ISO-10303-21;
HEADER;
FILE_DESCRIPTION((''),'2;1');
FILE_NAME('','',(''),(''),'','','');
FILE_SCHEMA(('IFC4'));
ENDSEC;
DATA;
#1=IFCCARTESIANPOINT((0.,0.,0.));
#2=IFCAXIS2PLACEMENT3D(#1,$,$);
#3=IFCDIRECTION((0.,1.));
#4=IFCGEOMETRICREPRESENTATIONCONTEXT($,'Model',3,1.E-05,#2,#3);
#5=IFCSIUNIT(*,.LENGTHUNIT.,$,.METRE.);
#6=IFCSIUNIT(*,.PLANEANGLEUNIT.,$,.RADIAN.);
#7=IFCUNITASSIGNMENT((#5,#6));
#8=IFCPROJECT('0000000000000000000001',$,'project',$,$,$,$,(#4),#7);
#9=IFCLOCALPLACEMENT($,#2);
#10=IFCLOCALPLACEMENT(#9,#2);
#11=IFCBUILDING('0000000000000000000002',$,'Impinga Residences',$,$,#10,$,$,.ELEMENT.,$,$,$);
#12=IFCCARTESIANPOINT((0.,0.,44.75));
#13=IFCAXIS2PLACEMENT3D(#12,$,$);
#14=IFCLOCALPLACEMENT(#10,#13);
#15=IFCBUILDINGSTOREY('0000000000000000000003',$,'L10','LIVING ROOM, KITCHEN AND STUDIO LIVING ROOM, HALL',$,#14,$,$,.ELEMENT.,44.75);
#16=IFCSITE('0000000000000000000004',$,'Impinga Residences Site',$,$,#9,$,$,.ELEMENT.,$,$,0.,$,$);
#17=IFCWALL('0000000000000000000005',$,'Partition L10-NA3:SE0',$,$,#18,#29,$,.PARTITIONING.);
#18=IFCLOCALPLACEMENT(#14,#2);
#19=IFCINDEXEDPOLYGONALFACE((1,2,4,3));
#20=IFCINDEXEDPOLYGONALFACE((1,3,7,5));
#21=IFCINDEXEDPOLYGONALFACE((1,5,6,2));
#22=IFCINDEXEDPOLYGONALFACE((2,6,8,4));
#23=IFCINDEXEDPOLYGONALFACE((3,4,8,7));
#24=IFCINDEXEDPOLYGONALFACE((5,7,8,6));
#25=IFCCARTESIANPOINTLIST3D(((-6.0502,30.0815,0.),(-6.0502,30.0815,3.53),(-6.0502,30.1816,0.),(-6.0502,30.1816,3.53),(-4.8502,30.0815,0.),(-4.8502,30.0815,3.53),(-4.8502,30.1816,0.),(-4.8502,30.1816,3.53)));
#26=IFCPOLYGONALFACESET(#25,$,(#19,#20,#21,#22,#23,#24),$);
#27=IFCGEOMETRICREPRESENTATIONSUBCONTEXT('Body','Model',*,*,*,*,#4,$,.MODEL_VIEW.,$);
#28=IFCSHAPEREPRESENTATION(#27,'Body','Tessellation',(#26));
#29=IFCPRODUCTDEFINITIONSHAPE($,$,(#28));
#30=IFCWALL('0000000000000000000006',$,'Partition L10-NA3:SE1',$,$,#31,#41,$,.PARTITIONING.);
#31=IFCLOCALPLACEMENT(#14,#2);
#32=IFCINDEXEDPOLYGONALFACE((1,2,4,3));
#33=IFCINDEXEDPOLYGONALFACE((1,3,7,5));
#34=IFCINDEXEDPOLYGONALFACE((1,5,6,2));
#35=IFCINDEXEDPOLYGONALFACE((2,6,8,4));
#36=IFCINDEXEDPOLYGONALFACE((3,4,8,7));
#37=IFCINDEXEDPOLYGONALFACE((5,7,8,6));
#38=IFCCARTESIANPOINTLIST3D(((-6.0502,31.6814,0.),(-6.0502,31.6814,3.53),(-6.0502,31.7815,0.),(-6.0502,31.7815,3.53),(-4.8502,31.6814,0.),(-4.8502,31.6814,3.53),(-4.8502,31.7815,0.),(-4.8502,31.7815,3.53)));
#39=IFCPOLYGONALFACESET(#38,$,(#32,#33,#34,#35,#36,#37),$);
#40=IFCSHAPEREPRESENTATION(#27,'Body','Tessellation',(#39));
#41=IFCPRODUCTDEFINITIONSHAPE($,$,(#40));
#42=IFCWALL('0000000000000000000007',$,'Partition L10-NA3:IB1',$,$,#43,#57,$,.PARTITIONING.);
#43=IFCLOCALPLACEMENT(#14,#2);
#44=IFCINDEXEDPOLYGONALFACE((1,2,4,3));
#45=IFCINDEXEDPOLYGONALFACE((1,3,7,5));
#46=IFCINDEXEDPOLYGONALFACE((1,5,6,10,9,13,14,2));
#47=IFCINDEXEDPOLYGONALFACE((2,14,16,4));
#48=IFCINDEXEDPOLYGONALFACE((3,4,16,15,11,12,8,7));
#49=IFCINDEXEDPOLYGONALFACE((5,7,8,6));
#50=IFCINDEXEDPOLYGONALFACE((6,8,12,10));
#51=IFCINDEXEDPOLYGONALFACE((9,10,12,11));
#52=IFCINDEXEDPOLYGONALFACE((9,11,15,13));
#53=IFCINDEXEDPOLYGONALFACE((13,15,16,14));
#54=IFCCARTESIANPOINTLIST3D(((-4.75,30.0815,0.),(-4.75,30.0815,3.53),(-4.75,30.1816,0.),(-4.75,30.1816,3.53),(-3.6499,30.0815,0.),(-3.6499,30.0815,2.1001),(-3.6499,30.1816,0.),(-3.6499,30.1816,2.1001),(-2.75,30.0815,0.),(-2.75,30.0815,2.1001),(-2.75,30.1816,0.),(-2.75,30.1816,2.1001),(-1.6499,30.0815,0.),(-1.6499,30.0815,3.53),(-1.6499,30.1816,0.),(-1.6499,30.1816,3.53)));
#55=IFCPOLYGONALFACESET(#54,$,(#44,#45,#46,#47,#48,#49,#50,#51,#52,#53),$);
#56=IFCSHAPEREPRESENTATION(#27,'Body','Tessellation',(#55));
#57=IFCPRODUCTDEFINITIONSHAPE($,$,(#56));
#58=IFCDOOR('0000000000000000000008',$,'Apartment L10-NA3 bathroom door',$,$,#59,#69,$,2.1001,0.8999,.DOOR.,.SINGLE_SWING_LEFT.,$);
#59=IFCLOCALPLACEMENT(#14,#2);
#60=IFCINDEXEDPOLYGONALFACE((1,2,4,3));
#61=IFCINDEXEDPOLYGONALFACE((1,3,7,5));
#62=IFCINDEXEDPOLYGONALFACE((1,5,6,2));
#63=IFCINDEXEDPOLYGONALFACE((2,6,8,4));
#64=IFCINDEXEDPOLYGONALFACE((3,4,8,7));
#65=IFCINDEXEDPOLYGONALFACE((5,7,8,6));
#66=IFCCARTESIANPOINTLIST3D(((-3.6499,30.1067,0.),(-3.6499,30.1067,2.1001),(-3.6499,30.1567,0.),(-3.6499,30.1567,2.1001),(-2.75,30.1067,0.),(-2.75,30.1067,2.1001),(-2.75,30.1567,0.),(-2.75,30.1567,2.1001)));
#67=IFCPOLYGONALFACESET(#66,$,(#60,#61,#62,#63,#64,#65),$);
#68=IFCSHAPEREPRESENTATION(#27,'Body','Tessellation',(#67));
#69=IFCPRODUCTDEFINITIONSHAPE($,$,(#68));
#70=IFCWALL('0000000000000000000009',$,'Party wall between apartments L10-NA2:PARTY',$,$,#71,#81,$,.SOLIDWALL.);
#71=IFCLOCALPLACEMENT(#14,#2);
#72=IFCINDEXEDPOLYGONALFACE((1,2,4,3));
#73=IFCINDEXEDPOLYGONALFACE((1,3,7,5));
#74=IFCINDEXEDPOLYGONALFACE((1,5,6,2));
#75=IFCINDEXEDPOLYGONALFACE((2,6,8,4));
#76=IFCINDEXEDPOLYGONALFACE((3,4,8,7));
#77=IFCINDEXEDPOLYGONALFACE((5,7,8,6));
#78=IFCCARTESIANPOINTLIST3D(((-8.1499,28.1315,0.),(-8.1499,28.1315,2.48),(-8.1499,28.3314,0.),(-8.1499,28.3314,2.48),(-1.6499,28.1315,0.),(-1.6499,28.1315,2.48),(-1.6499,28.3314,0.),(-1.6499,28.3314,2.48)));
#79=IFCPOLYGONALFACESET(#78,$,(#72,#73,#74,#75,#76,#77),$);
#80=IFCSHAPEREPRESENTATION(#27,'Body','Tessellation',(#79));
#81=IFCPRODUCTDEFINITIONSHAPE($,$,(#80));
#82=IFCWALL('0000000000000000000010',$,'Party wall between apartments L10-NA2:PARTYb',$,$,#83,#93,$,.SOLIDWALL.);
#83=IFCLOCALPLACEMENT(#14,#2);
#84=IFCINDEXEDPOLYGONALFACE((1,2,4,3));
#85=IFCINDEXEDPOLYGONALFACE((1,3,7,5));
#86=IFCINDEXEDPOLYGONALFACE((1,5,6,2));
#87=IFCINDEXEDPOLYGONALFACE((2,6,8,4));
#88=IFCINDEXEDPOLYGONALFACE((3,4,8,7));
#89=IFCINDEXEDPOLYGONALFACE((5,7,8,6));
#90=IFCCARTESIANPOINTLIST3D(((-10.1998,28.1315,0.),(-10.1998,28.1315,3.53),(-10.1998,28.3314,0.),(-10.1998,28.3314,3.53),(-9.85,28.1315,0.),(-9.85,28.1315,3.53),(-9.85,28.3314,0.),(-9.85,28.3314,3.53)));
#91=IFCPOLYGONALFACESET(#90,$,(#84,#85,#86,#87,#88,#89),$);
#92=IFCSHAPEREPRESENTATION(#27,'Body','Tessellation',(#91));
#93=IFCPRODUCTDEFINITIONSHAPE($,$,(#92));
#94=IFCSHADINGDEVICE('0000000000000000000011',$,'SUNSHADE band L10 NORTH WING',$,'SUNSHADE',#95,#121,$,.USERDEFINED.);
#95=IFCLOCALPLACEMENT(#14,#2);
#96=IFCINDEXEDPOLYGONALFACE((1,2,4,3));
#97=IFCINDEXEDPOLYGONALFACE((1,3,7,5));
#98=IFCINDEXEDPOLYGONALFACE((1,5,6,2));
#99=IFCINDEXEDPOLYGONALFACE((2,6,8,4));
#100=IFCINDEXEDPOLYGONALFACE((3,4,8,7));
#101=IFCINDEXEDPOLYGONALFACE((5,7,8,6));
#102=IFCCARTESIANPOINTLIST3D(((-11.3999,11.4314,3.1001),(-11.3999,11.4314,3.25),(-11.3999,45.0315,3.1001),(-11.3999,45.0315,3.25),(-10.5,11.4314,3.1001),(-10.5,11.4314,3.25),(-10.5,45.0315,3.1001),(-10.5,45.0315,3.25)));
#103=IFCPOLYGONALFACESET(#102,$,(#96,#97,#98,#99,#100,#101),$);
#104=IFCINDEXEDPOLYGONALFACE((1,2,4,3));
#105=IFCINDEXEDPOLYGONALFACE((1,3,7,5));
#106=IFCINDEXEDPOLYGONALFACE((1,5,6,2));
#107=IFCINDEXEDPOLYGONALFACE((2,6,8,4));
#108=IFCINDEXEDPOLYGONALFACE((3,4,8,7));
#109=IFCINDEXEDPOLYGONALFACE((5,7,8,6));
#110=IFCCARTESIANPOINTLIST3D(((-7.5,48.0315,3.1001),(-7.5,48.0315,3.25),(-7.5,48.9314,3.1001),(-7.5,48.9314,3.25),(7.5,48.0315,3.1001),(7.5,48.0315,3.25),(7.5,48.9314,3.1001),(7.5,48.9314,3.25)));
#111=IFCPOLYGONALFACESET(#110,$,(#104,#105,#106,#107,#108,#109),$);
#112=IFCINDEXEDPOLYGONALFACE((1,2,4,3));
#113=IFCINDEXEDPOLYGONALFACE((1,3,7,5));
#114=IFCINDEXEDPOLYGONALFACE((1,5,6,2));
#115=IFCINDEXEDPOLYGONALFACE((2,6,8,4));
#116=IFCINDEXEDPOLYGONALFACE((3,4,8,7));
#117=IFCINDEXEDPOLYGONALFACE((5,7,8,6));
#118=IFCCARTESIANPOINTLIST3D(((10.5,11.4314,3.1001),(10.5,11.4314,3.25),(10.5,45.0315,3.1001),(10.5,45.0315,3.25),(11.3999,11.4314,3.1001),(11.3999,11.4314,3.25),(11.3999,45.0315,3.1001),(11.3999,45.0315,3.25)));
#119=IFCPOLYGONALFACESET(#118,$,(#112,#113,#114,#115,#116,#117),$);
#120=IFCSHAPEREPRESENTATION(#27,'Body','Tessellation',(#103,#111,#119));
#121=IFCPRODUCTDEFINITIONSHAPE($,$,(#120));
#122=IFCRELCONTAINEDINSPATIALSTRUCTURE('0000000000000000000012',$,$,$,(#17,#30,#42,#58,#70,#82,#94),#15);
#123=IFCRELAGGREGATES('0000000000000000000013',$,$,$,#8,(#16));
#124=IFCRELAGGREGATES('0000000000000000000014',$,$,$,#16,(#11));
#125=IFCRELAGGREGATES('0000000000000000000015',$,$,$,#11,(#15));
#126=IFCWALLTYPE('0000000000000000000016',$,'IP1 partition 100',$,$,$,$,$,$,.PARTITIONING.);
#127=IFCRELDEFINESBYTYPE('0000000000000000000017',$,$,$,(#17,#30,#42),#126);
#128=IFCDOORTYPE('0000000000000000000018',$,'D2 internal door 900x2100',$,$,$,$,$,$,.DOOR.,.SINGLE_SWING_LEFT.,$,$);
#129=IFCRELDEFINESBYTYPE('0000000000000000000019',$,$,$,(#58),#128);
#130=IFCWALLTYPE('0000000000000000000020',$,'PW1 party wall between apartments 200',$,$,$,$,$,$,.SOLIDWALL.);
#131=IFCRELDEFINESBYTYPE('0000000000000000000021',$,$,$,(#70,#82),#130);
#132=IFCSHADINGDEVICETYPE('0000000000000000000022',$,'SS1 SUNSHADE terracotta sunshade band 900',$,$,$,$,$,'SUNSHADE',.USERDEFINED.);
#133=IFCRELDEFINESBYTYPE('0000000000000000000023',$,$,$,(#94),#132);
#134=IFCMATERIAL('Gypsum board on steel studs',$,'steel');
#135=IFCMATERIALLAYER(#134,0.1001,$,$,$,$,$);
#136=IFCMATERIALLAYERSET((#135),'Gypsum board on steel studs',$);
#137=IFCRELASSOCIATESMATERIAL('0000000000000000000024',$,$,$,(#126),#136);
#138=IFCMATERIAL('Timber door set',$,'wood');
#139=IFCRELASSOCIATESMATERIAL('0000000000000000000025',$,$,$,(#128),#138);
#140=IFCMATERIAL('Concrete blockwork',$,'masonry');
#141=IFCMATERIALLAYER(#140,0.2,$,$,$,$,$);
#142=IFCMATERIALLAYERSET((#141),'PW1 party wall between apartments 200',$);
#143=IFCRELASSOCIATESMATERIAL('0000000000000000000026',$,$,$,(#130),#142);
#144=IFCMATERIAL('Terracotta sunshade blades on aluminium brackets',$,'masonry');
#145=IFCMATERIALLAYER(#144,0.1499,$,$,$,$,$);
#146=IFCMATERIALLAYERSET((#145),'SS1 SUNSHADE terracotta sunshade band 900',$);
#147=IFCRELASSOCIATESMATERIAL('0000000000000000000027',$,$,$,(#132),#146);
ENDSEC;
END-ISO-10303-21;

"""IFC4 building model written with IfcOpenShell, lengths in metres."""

from ifc_helpers import new_model, si_unit, direction, frame, frame_2d, origin, origin_2d, place, context, subcontext, project, spatial, rectangle, extrude, material, layer, layer_set, type_object, element, fill, save


model = new_model("IFC4")

# Units and contexts
model_context = context("Model", 3, precision=1e-05, world=origin(), true_north=direction((0.0, 1.0)))
body_context = subcontext(model_context, "Body", "Model", "MODEL_VIEW")
ifc_project = project(units=[si_unit("LENGTHUNIT", "METRE"), si_unit("PLANEANGLEUNIT", "RADIAN")], contexts=[model_context])

# Site, building, storey
site_placement = place(None, origin())
site = spatial("IfcSite", under=ifc_project, at=site_placement, Name="Impinga Residences Site", CompositionType="ELEMENT", RefElevation=0.0)
building_placement = place(site_placement, origin())
building = spatial("IfcBuilding", under=site, at=building_placement, Name="Impinga Residences", CompositionType="ELEMENT")
storey_placement = place(building_placement, frame((0.0, 0.0, 44.75)))
storey = spatial("IfcBuildingStorey", under=building, at=storey_placement, Name="L10", Description="LIVING ROOM, KITCHEN AND STUDIO LIVING ROOM, HALL", CompositionType="ELEMENT", Elevation=44.75)

# Shared definitions
ifc_material_1 = material(Name="Concrete blockwork", Category="masonry")
ifc_material_2 = material(Name="Timber door set", Category="wood")

# Shared definitions
ifc_material_3 = material(Name="Gypsum board on steel studs", Category="steel")
ifc_layer_1 = layer(ifc_material_3, 0.1001)
ifc_layer_set_1 = layer_set([ifc_layer_1], Name="Gypsum board on steel studs")
wall_type_1 = type_object("IfcWallType", Name="IP1 partition 100", PredefinedType="PARTITIONING", material=ifc_layer_set_1)

# Shared definitions
door_type_1 = type_object("IfcDoorType", Name="D2 internal door 900x2100", OperationType="SINGLE_SWING_LEFT", PredefinedType="DOOR", material=ifc_material_2)

# Walls
for number, where, z_axis, x_axis, name in (
    (1, (-4.8501, 30.1316, 0.0), (0.0, 0.0, 1.0), (-1.0, 0.0, 0.0), "Partition L10-NA3:SE0"),
    (2, (-4.8501, 31.7314, 0.0), (0.0, 0.0, 1.0), (-1.0, 0.0, 0.0), "Partition L10-NA3:SE1"),
):
    element("IfcWall", number, at=place(storey_placement, frame(where, z_axis=z_axis, x_axis=x_axis)), inside=storey, type_object=wall_type_1, Name=name, PredefinedType="PARTITIONING", context=body_context, shape_type="SweptSolid", body=[
        extrude(rectangle(XDim=1.2, YDim=0.1001, at=frame_2d((0.6001, 0.0))), origin(), (0.0, 0.0, 1.0), 3.53),
    ])

# Wall, opening, door
wall_1_placement = place(storey_placement, frame((-1.6499, 30.1316, 0.0), z_axis=(0.0, 0.0, 1.0), x_axis=(-1.0, 0.0, 0.0)))
wall_1 = element("IfcWall", 3, at=wall_1_placement, inside=storey, type_object=wall_type_1, Name="Partition L10-NA3:IB1", PredefinedType="PARTITIONING", context=body_context, shape_type="SweptSolid", body=[
    extrude(rectangle(XDim=3.1001, YDim=0.1001, at=frame_2d((1.55, 0.0))), origin(), (0.0, 0.0, 1.0), 3.53),
])
opening_1_placement = place(wall_1_placement, frame((1.1001, 0.0, 0.0)))
opening_1 = element("IfcOpeningElement", 4, at=opening_1_placement, cuts=wall_1, PredefinedType="OPENING", context=body_context, shape_type="SweptSolid", body=[
    extrude(rectangle(XDim=0.8999, YDim=2.1001, at=frame_2d((0.45, 1.05))), frame((0.0, 0.0601, 0.0), z_axis=(0.0, -1.0, 0.0), x_axis=(1.0, 0.0, 0.0)), (0.0, 0.0, 1.0), 0.1201),
])
door_1_placement = place(opening_1_placement, origin())
door_1 = element("IfcDoor", 5, at=door_1_placement, inside=storey, type_object=door_type_1, Name="Apartment L10-NA3 bathroom door", OperationType="SINGLE_SWING_LEFT", OverallHeight=2.1001, OverallWidth=0.8999, PredefinedType="DOOR", context=body_context, shape_type="SweptSolid", body=[
    extrude(rectangle(XDim=0.8999, YDim=2.1001, at=frame_2d((0.45, 1.05))), frame((0.0, 0.0249, 0.0), z_axis=(0.0, -1.0, 0.0), x_axis=(1.0, 0.0, 0.0)), (0.0, 0.0, 1.0), 0.05),
])
fill(opening_1, door_1)

# Walls
ifc_layer_2 = layer(ifc_material_1, 0.2)
ifc_layer_set_2 = layer_set([ifc_layer_2], Name="PW1 party wall between apartments 200")
wall_type_2 = type_object("IfcWallType", Name="PW1 party wall between apartments 200", PredefinedType="SOLIDWALL", material=ifc_layer_set_2)
wall_2_placement = place(storey_placement, frame((-1.6499, 28.2314, 0.0), z_axis=(0.0, 0.0, 1.0), x_axis=(-1.0, 0.0, 0.0)))
element("IfcWall", 6, at=wall_2_placement, inside=storey, type_object=wall_type_2, Name="Party wall between apartments L10-NA2:PARTY", PredefinedType="SOLIDWALL", context=body_context, shape_type="SweptSolid", body=[
    extrude(rectangle(XDim=6.5, YDim=0.2, at=frame_2d((3.25, 0.0))), origin(), (0.0, 0.0, 1.0), 2.48),
])
wall_3_placement = place(storey_placement, frame((-9.8501, 28.2314, 0.0), z_axis=(0.0, 0.0, 1.0), x_axis=(-1.0, 0.0, 0.0)))
element("IfcWall", 7, at=wall_3_placement, inside=storey, type_object=wall_type_2, Name="Party wall between apartments L10-NA2:PARTYb", PredefinedType="SOLIDWALL", context=body_context, shape_type="SweptSolid", body=[
    extrude(rectangle(XDim=0.3499, YDim=0.2, at=frame_2d((0.1748, 0.0))), origin(), (0.0, 0.0, 1.0), 3.53),
])

# Shading device
ifc_material_4 = material(Name="Terracotta sunshade blades on aluminium brackets", Category="masonry")
ifc_layer_3 = layer(ifc_material_4, 0.1499)
ifc_layer_set_3 = layer_set([ifc_layer_3], Name="SS1 SUNSHADE terracotta sunshade band 900")
shading_device_type = type_object("IfcShadingDeviceType", Name="SS1 SUNSHADE terracotta sunshade band 900", ElementType="SUNSHADE", PredefinedType="USERDEFINED", material=ifc_layer_set_3)
shading_device_placement = place(storey_placement, frame((-10.95, 28.2314, 3.1001), z_axis=(0.0, 0.0, 1.0), x_axis=(0.0, 1.0, 0.0)))
element("IfcShadingDevice", 8, at=shading_device_placement, inside=storey, type_object=shading_device_type, Name="SUNSHADE band L10 NORTH WING", ObjectType="SUNSHADE", PredefinedType="USERDEFINED", context=body_context, shape_type="SweptSolid", body=[
    extrude(rectangle(XDim=33.6001, YDim=0.8999, at=origin_2d()), origin(), (0.0, 0.0, 1.0), 0.1499),
    extrude(rectangle(XDim=15.0, YDim=0.8999, at=origin_2d()), frame((20.25, -10.95, 0.0), z_axis=(0.0, 0.0, 1.0), x_axis=(0.0, -1.0, 0.0)), (0.0, 0.0, 1.0), 0.1499),
    extrude(rectangle(XDim=33.6001, YDim=0.8999, at=origin_2d()), frame((0.0, -21.8999, 0.0), z_axis=(0.0, 0.0, 1.0), x_axis=(-1.0, 0.0, 0.0)), (0.0, 0.0, 1.0), 0.1499),
])

save(model, "model.ifc")
